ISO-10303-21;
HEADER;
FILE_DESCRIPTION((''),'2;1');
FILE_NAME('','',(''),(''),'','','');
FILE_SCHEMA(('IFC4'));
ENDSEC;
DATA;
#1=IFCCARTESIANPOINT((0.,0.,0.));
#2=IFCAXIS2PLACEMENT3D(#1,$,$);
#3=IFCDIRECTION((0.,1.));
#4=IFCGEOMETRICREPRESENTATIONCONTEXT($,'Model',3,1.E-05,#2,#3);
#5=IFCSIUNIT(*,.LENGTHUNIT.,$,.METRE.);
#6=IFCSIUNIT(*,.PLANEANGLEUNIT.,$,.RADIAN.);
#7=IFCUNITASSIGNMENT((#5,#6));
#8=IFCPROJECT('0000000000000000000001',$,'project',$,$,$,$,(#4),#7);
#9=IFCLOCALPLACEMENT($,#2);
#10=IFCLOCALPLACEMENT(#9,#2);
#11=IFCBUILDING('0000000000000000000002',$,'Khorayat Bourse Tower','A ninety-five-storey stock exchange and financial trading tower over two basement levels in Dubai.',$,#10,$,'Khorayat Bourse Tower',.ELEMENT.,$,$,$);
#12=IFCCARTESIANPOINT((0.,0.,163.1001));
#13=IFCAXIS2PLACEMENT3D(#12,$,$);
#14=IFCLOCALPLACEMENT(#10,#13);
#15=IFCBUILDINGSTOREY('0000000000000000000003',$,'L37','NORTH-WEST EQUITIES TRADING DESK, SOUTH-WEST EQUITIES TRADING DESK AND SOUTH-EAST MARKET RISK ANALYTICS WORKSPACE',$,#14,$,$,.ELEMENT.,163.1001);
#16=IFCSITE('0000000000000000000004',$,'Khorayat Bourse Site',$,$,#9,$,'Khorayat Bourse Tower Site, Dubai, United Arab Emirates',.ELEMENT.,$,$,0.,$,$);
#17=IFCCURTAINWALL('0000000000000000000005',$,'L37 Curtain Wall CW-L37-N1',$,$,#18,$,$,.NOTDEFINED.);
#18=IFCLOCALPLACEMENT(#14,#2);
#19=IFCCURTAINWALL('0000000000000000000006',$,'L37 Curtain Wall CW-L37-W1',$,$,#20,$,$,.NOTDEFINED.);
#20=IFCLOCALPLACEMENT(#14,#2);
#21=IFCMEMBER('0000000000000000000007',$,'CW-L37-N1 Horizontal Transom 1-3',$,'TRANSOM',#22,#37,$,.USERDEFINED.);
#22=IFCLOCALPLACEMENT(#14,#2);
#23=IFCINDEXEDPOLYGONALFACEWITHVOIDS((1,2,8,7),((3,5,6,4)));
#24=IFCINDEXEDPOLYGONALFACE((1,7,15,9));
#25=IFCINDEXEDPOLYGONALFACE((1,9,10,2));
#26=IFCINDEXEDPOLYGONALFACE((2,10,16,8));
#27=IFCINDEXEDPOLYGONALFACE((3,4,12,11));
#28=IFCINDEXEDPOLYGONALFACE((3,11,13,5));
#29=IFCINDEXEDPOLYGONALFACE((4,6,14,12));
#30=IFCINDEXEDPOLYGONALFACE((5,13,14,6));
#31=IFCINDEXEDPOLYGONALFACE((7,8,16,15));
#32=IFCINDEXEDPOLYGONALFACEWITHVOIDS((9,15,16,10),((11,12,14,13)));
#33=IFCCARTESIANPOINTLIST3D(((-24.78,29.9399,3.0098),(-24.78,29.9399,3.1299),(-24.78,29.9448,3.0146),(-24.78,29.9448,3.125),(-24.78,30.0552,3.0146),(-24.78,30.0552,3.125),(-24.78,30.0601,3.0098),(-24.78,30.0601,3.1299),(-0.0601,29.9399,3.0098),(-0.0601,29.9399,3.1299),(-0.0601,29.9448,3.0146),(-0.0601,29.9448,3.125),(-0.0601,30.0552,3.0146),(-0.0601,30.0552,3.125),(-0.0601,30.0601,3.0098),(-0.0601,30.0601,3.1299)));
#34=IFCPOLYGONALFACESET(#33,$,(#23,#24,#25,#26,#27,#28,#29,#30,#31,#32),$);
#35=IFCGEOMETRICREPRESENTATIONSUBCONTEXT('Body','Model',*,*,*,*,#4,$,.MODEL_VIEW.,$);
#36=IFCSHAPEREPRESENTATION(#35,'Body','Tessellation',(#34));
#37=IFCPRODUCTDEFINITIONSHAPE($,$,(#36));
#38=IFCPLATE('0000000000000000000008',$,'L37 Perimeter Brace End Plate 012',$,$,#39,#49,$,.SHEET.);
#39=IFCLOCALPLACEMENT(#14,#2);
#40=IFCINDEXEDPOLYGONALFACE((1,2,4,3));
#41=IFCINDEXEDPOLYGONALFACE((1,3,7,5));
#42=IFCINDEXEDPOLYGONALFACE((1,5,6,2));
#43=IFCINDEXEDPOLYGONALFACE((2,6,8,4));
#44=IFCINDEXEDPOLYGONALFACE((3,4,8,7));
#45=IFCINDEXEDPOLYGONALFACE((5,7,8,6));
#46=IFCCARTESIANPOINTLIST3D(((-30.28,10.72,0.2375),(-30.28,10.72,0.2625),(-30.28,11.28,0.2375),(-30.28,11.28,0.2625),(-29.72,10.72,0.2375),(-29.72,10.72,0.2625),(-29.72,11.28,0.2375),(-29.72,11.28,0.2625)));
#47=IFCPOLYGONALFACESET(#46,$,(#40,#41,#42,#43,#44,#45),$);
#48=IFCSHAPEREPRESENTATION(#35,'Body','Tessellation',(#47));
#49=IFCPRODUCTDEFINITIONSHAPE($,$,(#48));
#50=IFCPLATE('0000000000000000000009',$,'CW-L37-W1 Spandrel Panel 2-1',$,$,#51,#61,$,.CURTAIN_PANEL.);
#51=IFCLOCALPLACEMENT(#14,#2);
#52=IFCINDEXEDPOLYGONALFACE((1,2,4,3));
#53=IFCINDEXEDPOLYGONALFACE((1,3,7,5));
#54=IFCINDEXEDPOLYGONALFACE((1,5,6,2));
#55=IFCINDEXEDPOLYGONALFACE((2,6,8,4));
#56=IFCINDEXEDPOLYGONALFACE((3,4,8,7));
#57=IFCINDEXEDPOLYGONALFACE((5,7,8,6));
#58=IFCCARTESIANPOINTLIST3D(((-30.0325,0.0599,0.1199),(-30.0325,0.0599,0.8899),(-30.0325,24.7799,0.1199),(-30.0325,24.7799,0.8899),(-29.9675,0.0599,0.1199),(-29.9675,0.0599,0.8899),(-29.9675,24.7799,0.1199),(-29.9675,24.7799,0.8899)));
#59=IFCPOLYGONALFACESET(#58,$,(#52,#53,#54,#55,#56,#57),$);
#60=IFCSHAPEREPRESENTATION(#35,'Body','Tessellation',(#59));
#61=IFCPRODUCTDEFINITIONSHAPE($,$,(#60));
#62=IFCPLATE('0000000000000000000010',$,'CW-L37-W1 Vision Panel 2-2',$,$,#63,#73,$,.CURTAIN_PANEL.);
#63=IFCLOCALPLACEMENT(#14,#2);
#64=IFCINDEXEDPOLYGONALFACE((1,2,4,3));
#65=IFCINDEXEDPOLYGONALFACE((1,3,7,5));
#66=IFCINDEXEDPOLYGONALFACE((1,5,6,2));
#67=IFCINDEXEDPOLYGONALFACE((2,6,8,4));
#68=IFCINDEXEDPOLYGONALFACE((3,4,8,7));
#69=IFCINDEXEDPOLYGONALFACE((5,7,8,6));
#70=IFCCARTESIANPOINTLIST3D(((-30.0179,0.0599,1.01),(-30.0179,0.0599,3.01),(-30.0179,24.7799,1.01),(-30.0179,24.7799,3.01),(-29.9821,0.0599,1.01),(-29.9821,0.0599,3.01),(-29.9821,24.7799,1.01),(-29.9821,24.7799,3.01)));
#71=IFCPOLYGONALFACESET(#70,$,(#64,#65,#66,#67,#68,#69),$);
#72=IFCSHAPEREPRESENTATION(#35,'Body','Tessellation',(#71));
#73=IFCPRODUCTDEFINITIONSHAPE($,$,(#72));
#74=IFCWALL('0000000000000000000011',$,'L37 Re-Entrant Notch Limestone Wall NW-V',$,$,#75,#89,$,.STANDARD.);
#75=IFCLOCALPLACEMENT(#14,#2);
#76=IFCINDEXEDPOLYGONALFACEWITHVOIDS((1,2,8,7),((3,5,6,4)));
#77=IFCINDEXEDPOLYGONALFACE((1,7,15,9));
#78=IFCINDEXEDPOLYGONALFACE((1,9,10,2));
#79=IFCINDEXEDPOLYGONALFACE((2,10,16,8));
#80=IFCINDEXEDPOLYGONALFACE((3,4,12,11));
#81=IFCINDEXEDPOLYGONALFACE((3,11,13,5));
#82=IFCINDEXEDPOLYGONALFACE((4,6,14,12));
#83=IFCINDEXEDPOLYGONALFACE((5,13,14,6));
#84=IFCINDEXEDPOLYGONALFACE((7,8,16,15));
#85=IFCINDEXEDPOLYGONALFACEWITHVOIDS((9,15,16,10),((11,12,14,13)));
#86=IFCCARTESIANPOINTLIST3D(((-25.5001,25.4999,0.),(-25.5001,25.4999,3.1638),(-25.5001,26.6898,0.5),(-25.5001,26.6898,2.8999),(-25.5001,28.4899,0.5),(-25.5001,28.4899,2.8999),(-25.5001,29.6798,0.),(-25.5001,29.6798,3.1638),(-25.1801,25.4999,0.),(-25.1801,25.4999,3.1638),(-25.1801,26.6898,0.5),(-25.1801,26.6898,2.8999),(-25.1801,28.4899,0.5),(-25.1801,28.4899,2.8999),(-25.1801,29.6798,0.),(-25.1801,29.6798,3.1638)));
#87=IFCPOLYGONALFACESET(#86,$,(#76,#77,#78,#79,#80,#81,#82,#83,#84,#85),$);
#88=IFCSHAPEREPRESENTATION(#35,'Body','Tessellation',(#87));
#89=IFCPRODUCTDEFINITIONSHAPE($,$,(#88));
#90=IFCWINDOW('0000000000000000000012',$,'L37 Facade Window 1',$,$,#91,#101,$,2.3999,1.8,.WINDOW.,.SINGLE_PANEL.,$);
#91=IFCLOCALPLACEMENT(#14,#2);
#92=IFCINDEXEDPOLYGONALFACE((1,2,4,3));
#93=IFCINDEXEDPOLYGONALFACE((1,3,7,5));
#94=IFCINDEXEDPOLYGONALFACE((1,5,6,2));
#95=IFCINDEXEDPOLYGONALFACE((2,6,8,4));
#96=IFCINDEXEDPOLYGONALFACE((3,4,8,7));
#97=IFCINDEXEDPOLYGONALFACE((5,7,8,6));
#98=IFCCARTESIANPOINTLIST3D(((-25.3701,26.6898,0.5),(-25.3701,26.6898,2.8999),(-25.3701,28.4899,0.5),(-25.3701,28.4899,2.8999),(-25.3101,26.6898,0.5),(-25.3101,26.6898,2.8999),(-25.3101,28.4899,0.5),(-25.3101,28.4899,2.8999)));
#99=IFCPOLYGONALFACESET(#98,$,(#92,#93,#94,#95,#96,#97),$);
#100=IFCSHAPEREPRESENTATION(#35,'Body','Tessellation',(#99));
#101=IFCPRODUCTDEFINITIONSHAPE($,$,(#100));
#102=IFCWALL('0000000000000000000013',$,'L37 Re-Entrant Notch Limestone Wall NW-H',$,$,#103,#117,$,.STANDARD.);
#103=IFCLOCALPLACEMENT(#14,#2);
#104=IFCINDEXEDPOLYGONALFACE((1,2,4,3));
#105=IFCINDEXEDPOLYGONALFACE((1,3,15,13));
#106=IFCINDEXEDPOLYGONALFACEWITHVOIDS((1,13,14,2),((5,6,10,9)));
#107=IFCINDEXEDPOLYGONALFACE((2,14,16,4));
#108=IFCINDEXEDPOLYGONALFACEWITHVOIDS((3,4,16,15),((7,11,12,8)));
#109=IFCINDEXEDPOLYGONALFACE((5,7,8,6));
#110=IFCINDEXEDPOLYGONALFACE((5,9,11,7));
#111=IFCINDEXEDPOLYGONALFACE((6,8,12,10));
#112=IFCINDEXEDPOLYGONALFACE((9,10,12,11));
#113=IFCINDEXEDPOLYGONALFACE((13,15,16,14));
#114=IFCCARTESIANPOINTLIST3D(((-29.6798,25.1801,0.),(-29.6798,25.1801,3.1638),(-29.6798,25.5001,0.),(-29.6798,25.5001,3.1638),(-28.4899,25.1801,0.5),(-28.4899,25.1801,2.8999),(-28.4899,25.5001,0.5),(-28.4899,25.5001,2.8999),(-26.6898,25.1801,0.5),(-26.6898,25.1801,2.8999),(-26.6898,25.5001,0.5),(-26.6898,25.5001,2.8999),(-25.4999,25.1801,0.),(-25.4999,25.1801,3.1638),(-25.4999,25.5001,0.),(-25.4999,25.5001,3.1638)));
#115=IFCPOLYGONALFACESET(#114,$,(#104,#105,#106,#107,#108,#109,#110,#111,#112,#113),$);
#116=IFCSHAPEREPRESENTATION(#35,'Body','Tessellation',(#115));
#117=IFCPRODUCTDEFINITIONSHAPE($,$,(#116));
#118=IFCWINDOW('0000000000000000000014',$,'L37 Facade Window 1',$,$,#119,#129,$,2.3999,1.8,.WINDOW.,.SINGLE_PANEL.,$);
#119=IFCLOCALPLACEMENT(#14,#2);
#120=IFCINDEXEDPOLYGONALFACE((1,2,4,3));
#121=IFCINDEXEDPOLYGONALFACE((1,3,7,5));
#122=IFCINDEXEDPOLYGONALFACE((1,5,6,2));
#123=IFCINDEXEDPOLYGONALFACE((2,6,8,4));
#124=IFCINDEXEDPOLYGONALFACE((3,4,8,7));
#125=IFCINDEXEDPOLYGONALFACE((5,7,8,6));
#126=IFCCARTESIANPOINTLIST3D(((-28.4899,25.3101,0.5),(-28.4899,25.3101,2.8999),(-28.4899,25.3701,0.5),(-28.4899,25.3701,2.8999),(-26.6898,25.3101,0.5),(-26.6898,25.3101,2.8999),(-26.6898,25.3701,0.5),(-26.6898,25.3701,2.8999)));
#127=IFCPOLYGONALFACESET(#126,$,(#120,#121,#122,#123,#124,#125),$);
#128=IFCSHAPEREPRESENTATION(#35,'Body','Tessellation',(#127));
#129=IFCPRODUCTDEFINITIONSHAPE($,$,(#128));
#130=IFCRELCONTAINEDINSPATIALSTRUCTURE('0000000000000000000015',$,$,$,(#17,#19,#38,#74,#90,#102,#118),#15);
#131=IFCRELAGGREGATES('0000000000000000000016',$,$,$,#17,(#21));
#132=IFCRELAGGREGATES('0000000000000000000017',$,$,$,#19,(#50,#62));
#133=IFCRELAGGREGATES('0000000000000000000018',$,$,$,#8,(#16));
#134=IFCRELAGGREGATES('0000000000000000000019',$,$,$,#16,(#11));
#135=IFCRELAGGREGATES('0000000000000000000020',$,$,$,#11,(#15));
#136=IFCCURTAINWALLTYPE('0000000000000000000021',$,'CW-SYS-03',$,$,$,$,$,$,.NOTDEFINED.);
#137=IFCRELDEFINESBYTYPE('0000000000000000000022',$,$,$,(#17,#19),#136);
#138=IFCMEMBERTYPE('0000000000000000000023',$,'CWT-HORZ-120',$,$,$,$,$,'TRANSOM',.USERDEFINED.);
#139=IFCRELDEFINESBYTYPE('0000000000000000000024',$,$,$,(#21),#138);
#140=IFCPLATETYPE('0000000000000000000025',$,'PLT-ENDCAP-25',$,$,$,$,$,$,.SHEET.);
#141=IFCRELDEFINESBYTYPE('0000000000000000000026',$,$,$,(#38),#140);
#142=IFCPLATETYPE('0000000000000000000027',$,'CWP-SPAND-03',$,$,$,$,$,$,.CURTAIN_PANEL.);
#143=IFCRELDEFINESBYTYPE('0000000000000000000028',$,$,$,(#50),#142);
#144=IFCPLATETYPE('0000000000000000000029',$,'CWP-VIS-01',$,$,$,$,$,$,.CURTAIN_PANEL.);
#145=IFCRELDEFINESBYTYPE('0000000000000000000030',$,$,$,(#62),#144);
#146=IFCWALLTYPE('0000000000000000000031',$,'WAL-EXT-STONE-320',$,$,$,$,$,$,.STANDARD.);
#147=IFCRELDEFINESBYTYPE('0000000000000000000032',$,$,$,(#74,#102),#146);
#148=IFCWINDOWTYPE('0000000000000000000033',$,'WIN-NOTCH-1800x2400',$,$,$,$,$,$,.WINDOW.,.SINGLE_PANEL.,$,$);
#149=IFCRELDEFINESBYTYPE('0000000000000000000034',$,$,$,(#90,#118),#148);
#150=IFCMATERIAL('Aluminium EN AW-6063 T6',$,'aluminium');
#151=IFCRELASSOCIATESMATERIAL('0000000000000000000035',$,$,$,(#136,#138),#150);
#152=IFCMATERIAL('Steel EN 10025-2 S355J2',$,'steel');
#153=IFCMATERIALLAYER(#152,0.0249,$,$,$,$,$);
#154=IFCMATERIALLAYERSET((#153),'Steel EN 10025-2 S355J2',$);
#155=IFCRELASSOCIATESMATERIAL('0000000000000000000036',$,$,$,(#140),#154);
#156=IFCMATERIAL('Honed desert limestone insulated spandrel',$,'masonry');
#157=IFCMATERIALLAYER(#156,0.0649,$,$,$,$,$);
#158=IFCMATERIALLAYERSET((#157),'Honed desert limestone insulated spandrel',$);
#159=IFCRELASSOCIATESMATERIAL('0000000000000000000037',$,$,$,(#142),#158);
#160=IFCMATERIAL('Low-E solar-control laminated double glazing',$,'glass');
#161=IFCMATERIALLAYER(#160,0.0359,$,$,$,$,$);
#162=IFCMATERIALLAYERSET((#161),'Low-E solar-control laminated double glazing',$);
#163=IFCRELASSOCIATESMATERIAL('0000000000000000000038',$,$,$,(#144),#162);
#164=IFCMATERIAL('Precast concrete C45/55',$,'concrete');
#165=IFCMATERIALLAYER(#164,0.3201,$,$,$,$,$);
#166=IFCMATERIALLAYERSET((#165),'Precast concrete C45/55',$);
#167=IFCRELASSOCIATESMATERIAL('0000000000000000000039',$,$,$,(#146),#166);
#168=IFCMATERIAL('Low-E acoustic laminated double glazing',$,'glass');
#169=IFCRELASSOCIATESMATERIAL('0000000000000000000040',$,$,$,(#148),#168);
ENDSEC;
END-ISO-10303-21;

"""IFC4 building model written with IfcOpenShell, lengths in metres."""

from ifc_helpers import new_model, si_unit, direction, frame, frame_2d, origin, origin_2d, place, context, subcontext, project, spatial, rectangle, hollow_rectangle, extrude, source, transform, mapped, material, layer, layer_set, material_profile, profile_set, type_object, element, fill, aggregate, save


model = new_model("IFC4")

# Units and contexts
model_context = context("Model", 3, precision=1e-05, world=origin(), true_north=direction((0.0, 1.0)))
body_context = subcontext(model_context, "Body", "Model", "MODEL_VIEW")
ifc_project = project(units=[si_unit("LENGTHUNIT", "METRE"), si_unit("PLANEANGLEUNIT", "RADIAN")], contexts=[model_context])

# Site, building, storey
site_placement = place(None, origin())
site = spatial("IfcSite", under=ifc_project, at=site_placement, Name="Khorayat Bourse Site", LongName="Khorayat Bourse Tower Site, Dubai, United Arab Emirates", CompositionType="ELEMENT", RefElevation=0.0)
building_placement = place(site_placement, origin())
building = spatial("IfcBuilding", under=site, at=building_placement, Name="Khorayat Bourse Tower", Description="A ninety-five-storey stock exchange and financial trading tower over two basement levels in Dubai.", LongName="Khorayat Bourse Tower", CompositionType="ELEMENT")
storey_placement = place(building_placement, frame((0.0, 0.0, 163.1001)))
storey = spatial("IfcBuildingStorey", under=building, at=storey_placement, Name="L37", Description="NORTH-WEST EQUITIES TRADING DESK, SOUTH-WEST EQUITIES TRADING DESK AND SOUTH-EAST MARKET RISK ANALYTICS WORKSPACE", CompositionType="ELEMENT", Elevation=163.1001)

# Curtain wall
ifc_material_1 = material(Name="Aluminium EN AW-6063 T6", Category="aluminium")
curtain_wall_type = type_object("IfcCurtainWallType", Name="CW-SYS-03", PredefinedType="NOTDEFINED", material=ifc_material_1)
curtain_wall_1_placement = place(storey_placement, origin())
curtain_wall_1 = element("IfcCurtainWall", 1, at=curtain_wall_1_placement, inside=storey, type_object=curtain_wall_type, Name="L37 Curtain Wall CW-L37-N1", PredefinedType="NOTDEFINED")

# Curtain wall
curtain_wall_2_placement = place(storey_placement, origin())
curtain_wall_2 = element("IfcCurtainWall", 2, at=curtain_wall_2_placement, inside=storey, type_object=curtain_wall_type, Name="L37 Curtain Wall CW-L37-W1", PredefinedType="NOTDEFINED")

# Member
ifc_material_profile_1 = material_profile(ifc_material_1, hollow_rectangle(XDim=0.1201, YDim=0.1201, WallThickness=0.0049, at=origin_2d()), Name="ALU 120x120x5")
ifc_profile_set_1 = profile_set([ifc_material_profile_1], Name="Aluminium EN AW-6063 T6")
member_type_1 = type_object("IfcMemberType", Name="CWT-HORZ-120", ElementType="TRANSOM", PredefinedType="USERDEFINED", material=ifc_profile_set_1)
shared_shape_1 = source(origin(), body_context, "Body", "SweptSolid", [
    extrude(hollow_rectangle(XDim=0.1201, YDim=0.1201, WallThickness=0.0049, at=origin_2d()), origin(), (0.0, 0.0, 1.0), 24.72),
])
member_1_placement = place(storey_placement, frame((-24.78, 30.0, 3.0698), z_axis=(1.0, 0.0, 0.0), x_axis=(0.0, 1.0, 0.0)))
member_1 = element("IfcMember", 3, at=member_1_placement, type_object=member_type_1, Name="CW-L37-N1 Horizontal Transom 1-3", ObjectType="TRANSOM", PredefinedType="USERDEFINED", context=body_context, shape_type="MappedRepresentation", body=[
    mapped(shared_shape_1, transform((0.0, 0.0, 0.0), scale=1.0)),
])
aggregate(curtain_wall_1, [member_1])

# Plates
ifc_material_2 = material(Name="Steel EN 10025-2 S355J2", Category="steel")
ifc_layer_1 = layer(ifc_material_2, 0.0249)
ifc_layer_set_1 = layer_set([ifc_layer_1], Name="Steel EN 10025-2 S355J2")
plate_type_1 = type_object("IfcPlateType", Name="PLT-ENDCAP-25", PredefinedType="SHEET", material=ifc_layer_set_1)
shared_shape_2 = source(origin(), body_context, "Body", "SweptSolid", [
    extrude(rectangle(XDim=0.5601, YDim=0.5601, at=origin_2d()), origin(), (0.0, 0.0, 1.0), 0.0249),
])
plate_1_placement = place(storey_placement, frame((-30.0, 11.0, 0.2375), z_axis=(0.0, 0.0, 1.0), x_axis=(1.0, 0.0, 0.0)))
element("IfcPlate", 4, at=plate_1_placement, inside=storey, type_object=plate_type_1, Name="L37 Perimeter Brace End Plate 012", PredefinedType="SHEET", context=body_context, shape_type="MappedRepresentation", body=[
    mapped(shared_shape_2, transform((0.0, 0.0, 0.0), scale=1.0)),
])
ifc_material_3 = material(Name="Honed desert limestone insulated spandrel", Category="masonry")
ifc_layer_2 = layer(ifc_material_3, 0.0649)
ifc_layer_set_2 = layer_set([ifc_layer_2], Name="Honed desert limestone insulated spandrel")
plate_type_2 = type_object("IfcPlateType", Name="CWP-SPAND-03", PredefinedType="CURTAIN_PANEL", material=ifc_layer_set_2)
shared_shape_3 = source(origin(), body_context, "Body", "SweptSolid", [
    extrude(rectangle(XDim=24.72, YDim=0.0649, at=origin_2d()), origin(), (0.0, 0.0, 1.0), 0.77),
])
plate_2_placement = place(storey_placement, frame((-30.0, 12.4199, 0.1199), z_axis=(0.0, 0.0, 1.0), x_axis=(0.0, 1.0, 0.0)))
plate_2 = element("IfcPlate", 5, at=plate_2_placement, type_object=plate_type_2, Name="CW-L37-W1 Spandrel Panel 2-1", PredefinedType="CURTAIN_PANEL", context=body_context, shape_type="MappedRepresentation", body=[
    mapped(shared_shape_3, transform((0.0, 0.0, 0.0), scale=1.0)),
])
ifc_material_4 = material(Name="Low-E solar-control laminated double glazing", Category="glass")
ifc_layer_3 = layer(ifc_material_4, 0.0359)
ifc_layer_set_3 = layer_set([ifc_layer_3], Name="Low-E solar-control laminated double glazing")
plate_type_3 = type_object("IfcPlateType", Name="CWP-VIS-01", PredefinedType="CURTAIN_PANEL", material=ifc_layer_set_3)
shared_shape_4 = source(origin(), body_context, "Body", "SweptSolid", [
    extrude(rectangle(XDim=24.72, YDim=0.0359, at=origin_2d()), origin(), (0.0, 0.0, 1.0), 2.0),
])
plate_3_placement = place(storey_placement, frame((-30.0, 12.4199, 1.01), z_axis=(0.0, 0.0, 1.0), x_axis=(0.0, 1.0, 0.0)))
plate_3 = element("IfcPlate", 6, at=plate_3_placement, type_object=plate_type_3, Name="CW-L37-W1 Vision Panel 2-2", PredefinedType="CURTAIN_PANEL", context=body_context, shape_type="MappedRepresentation", body=[
    mapped(shared_shape_4, transform((0.0, 0.0, 0.0), scale=1.0)),
])
aggregate(curtain_wall_2, [plate_2, plate_3])

# Walls, openings, windows
ifc_material_5 = material(Name="Precast concrete C45/55", Category="concrete")
ifc_layer_4 = layer(ifc_material_5, 0.3201)
ifc_layer_set_4 = layer_set([ifc_layer_4], Name="Precast concrete C45/55")
wall_type = type_object("IfcWallType", Name="WAL-EXT-STONE-320", PredefinedType="STANDARD", material=ifc_layer_set_4)
shared_shape_5 = source(origin(), body_context, "Body", "SweptSolid", [
    extrude(rectangle(XDim=4.1799, YDim=0.3201, at=frame_2d((2.0898, 0.0))), origin(), (0.0, 0.0, 1.0), 3.1638),
])
wall_1_placement = place(storey_placement, frame((-25.3401, 25.5, 0.0), z_axis=(0.0, 0.0, 1.0), x_axis=(0.0, 1.0, 0.0)))
wall_1 = element("IfcWall", 7, at=wall_1_placement, inside=storey, type_object=wall_type, Name="L37 Re-Entrant Notch Limestone Wall NW-V", PredefinedType="STANDARD", context=body_context, shape_type="MappedRepresentation", body=[
    mapped(shared_shape_5, transform((0.0, 0.0, 0.0), scale=1.0)),
])
shared_shape_6 = source(origin(), body_context, "Body", "SweptSolid", [
    extrude(rectangle(XDim=1.8, YDim=2.3999, at=frame_2d((0.8999, 1.2))), frame((0.0, 0.1699, 0.0), z_axis=(0.0, -1.0, 0.0), x_axis=(1.0, 0.0, 0.0)), (0.0, 0.0, 1.0), 0.3401),
])
opening_1_placement = place(wall_1_placement, frame((1.1899, 0.0, 0.5)))
opening_1 = element("IfcOpeningElement", 8, at=opening_1_placement, cuts=wall_1, PredefinedType="OPENING", context=body_context, shape_type="MappedRepresentation", body=[
    mapped(shared_shape_6, transform((0.0, 0.0, 0.0), scale=1.0)),
])
ifc_material_6 = material(Name="Low-E acoustic laminated double glazing", Category="glass")
window_type = type_object("IfcWindowType", Name="WIN-NOTCH-1800x2400", PartitioningType="SINGLE_PANEL", PredefinedType="WINDOW", material=ifc_material_6)
shared_shape_7 = source(origin(), body_context, "Body", "SweptSolid", [
    extrude(rectangle(XDim=1.8, YDim=2.3999, at=frame_2d((0.8999, 1.2))), frame((0.0, 0.03, 0.0), z_axis=(0.0, -1.0, 0.0), x_axis=(1.0, 0.0, 0.0)), (0.0, 0.0, 1.0), 0.0601),
])
window_1_placement = place(opening_1_placement, origin())
window_1 = element("IfcWindow", 9, at=window_1_placement, inside=storey, type_object=window_type, Name="L37 Facade Window 1", OverallHeight=2.3999, OverallWidth=1.8, PartitioningType="SINGLE_PANEL", PredefinedType="WINDOW", context=body_context, shape_type="MappedRepresentation", body=[
    mapped(shared_shape_7, transform((0.0, 0.0, 0.0), scale=1.0)),
])
fill(opening_1, window_1)
wall_2_placement = place(storey_placement, frame((-25.5, 25.3401, 0.0), z_axis=(0.0, 0.0, 1.0), x_axis=(-1.0, 0.0, 0.0)))
wall_2 = element("IfcWall", 10, at=wall_2_placement, inside=storey, type_object=wall_type, Name="L37 Re-Entrant Notch Limestone Wall NW-H", PredefinedType="STANDARD", context=body_context, shape_type="MappedRepresentation", body=[
    mapped(shared_shape_5, transform((0.0, 0.0, 0.0), scale=1.0)),
])
opening_2_placement = place(wall_2_placement, frame((1.1899, 0.0, 0.5)))
opening_2 = element("IfcOpeningElement", 11, at=opening_2_placement, cuts=wall_2, PredefinedType="OPENING", context=body_context, shape_type="MappedRepresentation", body=[
    mapped(shared_shape_6, transform((0.0, 0.0, 0.0), scale=1.0)),
])
window_2_placement = place(opening_2_placement, origin())
window_2 = element("IfcWindow", 12, at=window_2_placement, inside=storey, type_object=window_type, Name="L37 Facade Window 1", OverallHeight=2.3999, OverallWidth=1.8, PartitioningType="SINGLE_PANEL", PredefinedType="WINDOW", context=body_context, shape_type="MappedRepresentation", body=[
    mapped(shared_shape_7, transform((0.0, 0.0, 0.0), scale=1.0)),
])
fill(opening_2, window_2)

save(model, "model.ifc")
